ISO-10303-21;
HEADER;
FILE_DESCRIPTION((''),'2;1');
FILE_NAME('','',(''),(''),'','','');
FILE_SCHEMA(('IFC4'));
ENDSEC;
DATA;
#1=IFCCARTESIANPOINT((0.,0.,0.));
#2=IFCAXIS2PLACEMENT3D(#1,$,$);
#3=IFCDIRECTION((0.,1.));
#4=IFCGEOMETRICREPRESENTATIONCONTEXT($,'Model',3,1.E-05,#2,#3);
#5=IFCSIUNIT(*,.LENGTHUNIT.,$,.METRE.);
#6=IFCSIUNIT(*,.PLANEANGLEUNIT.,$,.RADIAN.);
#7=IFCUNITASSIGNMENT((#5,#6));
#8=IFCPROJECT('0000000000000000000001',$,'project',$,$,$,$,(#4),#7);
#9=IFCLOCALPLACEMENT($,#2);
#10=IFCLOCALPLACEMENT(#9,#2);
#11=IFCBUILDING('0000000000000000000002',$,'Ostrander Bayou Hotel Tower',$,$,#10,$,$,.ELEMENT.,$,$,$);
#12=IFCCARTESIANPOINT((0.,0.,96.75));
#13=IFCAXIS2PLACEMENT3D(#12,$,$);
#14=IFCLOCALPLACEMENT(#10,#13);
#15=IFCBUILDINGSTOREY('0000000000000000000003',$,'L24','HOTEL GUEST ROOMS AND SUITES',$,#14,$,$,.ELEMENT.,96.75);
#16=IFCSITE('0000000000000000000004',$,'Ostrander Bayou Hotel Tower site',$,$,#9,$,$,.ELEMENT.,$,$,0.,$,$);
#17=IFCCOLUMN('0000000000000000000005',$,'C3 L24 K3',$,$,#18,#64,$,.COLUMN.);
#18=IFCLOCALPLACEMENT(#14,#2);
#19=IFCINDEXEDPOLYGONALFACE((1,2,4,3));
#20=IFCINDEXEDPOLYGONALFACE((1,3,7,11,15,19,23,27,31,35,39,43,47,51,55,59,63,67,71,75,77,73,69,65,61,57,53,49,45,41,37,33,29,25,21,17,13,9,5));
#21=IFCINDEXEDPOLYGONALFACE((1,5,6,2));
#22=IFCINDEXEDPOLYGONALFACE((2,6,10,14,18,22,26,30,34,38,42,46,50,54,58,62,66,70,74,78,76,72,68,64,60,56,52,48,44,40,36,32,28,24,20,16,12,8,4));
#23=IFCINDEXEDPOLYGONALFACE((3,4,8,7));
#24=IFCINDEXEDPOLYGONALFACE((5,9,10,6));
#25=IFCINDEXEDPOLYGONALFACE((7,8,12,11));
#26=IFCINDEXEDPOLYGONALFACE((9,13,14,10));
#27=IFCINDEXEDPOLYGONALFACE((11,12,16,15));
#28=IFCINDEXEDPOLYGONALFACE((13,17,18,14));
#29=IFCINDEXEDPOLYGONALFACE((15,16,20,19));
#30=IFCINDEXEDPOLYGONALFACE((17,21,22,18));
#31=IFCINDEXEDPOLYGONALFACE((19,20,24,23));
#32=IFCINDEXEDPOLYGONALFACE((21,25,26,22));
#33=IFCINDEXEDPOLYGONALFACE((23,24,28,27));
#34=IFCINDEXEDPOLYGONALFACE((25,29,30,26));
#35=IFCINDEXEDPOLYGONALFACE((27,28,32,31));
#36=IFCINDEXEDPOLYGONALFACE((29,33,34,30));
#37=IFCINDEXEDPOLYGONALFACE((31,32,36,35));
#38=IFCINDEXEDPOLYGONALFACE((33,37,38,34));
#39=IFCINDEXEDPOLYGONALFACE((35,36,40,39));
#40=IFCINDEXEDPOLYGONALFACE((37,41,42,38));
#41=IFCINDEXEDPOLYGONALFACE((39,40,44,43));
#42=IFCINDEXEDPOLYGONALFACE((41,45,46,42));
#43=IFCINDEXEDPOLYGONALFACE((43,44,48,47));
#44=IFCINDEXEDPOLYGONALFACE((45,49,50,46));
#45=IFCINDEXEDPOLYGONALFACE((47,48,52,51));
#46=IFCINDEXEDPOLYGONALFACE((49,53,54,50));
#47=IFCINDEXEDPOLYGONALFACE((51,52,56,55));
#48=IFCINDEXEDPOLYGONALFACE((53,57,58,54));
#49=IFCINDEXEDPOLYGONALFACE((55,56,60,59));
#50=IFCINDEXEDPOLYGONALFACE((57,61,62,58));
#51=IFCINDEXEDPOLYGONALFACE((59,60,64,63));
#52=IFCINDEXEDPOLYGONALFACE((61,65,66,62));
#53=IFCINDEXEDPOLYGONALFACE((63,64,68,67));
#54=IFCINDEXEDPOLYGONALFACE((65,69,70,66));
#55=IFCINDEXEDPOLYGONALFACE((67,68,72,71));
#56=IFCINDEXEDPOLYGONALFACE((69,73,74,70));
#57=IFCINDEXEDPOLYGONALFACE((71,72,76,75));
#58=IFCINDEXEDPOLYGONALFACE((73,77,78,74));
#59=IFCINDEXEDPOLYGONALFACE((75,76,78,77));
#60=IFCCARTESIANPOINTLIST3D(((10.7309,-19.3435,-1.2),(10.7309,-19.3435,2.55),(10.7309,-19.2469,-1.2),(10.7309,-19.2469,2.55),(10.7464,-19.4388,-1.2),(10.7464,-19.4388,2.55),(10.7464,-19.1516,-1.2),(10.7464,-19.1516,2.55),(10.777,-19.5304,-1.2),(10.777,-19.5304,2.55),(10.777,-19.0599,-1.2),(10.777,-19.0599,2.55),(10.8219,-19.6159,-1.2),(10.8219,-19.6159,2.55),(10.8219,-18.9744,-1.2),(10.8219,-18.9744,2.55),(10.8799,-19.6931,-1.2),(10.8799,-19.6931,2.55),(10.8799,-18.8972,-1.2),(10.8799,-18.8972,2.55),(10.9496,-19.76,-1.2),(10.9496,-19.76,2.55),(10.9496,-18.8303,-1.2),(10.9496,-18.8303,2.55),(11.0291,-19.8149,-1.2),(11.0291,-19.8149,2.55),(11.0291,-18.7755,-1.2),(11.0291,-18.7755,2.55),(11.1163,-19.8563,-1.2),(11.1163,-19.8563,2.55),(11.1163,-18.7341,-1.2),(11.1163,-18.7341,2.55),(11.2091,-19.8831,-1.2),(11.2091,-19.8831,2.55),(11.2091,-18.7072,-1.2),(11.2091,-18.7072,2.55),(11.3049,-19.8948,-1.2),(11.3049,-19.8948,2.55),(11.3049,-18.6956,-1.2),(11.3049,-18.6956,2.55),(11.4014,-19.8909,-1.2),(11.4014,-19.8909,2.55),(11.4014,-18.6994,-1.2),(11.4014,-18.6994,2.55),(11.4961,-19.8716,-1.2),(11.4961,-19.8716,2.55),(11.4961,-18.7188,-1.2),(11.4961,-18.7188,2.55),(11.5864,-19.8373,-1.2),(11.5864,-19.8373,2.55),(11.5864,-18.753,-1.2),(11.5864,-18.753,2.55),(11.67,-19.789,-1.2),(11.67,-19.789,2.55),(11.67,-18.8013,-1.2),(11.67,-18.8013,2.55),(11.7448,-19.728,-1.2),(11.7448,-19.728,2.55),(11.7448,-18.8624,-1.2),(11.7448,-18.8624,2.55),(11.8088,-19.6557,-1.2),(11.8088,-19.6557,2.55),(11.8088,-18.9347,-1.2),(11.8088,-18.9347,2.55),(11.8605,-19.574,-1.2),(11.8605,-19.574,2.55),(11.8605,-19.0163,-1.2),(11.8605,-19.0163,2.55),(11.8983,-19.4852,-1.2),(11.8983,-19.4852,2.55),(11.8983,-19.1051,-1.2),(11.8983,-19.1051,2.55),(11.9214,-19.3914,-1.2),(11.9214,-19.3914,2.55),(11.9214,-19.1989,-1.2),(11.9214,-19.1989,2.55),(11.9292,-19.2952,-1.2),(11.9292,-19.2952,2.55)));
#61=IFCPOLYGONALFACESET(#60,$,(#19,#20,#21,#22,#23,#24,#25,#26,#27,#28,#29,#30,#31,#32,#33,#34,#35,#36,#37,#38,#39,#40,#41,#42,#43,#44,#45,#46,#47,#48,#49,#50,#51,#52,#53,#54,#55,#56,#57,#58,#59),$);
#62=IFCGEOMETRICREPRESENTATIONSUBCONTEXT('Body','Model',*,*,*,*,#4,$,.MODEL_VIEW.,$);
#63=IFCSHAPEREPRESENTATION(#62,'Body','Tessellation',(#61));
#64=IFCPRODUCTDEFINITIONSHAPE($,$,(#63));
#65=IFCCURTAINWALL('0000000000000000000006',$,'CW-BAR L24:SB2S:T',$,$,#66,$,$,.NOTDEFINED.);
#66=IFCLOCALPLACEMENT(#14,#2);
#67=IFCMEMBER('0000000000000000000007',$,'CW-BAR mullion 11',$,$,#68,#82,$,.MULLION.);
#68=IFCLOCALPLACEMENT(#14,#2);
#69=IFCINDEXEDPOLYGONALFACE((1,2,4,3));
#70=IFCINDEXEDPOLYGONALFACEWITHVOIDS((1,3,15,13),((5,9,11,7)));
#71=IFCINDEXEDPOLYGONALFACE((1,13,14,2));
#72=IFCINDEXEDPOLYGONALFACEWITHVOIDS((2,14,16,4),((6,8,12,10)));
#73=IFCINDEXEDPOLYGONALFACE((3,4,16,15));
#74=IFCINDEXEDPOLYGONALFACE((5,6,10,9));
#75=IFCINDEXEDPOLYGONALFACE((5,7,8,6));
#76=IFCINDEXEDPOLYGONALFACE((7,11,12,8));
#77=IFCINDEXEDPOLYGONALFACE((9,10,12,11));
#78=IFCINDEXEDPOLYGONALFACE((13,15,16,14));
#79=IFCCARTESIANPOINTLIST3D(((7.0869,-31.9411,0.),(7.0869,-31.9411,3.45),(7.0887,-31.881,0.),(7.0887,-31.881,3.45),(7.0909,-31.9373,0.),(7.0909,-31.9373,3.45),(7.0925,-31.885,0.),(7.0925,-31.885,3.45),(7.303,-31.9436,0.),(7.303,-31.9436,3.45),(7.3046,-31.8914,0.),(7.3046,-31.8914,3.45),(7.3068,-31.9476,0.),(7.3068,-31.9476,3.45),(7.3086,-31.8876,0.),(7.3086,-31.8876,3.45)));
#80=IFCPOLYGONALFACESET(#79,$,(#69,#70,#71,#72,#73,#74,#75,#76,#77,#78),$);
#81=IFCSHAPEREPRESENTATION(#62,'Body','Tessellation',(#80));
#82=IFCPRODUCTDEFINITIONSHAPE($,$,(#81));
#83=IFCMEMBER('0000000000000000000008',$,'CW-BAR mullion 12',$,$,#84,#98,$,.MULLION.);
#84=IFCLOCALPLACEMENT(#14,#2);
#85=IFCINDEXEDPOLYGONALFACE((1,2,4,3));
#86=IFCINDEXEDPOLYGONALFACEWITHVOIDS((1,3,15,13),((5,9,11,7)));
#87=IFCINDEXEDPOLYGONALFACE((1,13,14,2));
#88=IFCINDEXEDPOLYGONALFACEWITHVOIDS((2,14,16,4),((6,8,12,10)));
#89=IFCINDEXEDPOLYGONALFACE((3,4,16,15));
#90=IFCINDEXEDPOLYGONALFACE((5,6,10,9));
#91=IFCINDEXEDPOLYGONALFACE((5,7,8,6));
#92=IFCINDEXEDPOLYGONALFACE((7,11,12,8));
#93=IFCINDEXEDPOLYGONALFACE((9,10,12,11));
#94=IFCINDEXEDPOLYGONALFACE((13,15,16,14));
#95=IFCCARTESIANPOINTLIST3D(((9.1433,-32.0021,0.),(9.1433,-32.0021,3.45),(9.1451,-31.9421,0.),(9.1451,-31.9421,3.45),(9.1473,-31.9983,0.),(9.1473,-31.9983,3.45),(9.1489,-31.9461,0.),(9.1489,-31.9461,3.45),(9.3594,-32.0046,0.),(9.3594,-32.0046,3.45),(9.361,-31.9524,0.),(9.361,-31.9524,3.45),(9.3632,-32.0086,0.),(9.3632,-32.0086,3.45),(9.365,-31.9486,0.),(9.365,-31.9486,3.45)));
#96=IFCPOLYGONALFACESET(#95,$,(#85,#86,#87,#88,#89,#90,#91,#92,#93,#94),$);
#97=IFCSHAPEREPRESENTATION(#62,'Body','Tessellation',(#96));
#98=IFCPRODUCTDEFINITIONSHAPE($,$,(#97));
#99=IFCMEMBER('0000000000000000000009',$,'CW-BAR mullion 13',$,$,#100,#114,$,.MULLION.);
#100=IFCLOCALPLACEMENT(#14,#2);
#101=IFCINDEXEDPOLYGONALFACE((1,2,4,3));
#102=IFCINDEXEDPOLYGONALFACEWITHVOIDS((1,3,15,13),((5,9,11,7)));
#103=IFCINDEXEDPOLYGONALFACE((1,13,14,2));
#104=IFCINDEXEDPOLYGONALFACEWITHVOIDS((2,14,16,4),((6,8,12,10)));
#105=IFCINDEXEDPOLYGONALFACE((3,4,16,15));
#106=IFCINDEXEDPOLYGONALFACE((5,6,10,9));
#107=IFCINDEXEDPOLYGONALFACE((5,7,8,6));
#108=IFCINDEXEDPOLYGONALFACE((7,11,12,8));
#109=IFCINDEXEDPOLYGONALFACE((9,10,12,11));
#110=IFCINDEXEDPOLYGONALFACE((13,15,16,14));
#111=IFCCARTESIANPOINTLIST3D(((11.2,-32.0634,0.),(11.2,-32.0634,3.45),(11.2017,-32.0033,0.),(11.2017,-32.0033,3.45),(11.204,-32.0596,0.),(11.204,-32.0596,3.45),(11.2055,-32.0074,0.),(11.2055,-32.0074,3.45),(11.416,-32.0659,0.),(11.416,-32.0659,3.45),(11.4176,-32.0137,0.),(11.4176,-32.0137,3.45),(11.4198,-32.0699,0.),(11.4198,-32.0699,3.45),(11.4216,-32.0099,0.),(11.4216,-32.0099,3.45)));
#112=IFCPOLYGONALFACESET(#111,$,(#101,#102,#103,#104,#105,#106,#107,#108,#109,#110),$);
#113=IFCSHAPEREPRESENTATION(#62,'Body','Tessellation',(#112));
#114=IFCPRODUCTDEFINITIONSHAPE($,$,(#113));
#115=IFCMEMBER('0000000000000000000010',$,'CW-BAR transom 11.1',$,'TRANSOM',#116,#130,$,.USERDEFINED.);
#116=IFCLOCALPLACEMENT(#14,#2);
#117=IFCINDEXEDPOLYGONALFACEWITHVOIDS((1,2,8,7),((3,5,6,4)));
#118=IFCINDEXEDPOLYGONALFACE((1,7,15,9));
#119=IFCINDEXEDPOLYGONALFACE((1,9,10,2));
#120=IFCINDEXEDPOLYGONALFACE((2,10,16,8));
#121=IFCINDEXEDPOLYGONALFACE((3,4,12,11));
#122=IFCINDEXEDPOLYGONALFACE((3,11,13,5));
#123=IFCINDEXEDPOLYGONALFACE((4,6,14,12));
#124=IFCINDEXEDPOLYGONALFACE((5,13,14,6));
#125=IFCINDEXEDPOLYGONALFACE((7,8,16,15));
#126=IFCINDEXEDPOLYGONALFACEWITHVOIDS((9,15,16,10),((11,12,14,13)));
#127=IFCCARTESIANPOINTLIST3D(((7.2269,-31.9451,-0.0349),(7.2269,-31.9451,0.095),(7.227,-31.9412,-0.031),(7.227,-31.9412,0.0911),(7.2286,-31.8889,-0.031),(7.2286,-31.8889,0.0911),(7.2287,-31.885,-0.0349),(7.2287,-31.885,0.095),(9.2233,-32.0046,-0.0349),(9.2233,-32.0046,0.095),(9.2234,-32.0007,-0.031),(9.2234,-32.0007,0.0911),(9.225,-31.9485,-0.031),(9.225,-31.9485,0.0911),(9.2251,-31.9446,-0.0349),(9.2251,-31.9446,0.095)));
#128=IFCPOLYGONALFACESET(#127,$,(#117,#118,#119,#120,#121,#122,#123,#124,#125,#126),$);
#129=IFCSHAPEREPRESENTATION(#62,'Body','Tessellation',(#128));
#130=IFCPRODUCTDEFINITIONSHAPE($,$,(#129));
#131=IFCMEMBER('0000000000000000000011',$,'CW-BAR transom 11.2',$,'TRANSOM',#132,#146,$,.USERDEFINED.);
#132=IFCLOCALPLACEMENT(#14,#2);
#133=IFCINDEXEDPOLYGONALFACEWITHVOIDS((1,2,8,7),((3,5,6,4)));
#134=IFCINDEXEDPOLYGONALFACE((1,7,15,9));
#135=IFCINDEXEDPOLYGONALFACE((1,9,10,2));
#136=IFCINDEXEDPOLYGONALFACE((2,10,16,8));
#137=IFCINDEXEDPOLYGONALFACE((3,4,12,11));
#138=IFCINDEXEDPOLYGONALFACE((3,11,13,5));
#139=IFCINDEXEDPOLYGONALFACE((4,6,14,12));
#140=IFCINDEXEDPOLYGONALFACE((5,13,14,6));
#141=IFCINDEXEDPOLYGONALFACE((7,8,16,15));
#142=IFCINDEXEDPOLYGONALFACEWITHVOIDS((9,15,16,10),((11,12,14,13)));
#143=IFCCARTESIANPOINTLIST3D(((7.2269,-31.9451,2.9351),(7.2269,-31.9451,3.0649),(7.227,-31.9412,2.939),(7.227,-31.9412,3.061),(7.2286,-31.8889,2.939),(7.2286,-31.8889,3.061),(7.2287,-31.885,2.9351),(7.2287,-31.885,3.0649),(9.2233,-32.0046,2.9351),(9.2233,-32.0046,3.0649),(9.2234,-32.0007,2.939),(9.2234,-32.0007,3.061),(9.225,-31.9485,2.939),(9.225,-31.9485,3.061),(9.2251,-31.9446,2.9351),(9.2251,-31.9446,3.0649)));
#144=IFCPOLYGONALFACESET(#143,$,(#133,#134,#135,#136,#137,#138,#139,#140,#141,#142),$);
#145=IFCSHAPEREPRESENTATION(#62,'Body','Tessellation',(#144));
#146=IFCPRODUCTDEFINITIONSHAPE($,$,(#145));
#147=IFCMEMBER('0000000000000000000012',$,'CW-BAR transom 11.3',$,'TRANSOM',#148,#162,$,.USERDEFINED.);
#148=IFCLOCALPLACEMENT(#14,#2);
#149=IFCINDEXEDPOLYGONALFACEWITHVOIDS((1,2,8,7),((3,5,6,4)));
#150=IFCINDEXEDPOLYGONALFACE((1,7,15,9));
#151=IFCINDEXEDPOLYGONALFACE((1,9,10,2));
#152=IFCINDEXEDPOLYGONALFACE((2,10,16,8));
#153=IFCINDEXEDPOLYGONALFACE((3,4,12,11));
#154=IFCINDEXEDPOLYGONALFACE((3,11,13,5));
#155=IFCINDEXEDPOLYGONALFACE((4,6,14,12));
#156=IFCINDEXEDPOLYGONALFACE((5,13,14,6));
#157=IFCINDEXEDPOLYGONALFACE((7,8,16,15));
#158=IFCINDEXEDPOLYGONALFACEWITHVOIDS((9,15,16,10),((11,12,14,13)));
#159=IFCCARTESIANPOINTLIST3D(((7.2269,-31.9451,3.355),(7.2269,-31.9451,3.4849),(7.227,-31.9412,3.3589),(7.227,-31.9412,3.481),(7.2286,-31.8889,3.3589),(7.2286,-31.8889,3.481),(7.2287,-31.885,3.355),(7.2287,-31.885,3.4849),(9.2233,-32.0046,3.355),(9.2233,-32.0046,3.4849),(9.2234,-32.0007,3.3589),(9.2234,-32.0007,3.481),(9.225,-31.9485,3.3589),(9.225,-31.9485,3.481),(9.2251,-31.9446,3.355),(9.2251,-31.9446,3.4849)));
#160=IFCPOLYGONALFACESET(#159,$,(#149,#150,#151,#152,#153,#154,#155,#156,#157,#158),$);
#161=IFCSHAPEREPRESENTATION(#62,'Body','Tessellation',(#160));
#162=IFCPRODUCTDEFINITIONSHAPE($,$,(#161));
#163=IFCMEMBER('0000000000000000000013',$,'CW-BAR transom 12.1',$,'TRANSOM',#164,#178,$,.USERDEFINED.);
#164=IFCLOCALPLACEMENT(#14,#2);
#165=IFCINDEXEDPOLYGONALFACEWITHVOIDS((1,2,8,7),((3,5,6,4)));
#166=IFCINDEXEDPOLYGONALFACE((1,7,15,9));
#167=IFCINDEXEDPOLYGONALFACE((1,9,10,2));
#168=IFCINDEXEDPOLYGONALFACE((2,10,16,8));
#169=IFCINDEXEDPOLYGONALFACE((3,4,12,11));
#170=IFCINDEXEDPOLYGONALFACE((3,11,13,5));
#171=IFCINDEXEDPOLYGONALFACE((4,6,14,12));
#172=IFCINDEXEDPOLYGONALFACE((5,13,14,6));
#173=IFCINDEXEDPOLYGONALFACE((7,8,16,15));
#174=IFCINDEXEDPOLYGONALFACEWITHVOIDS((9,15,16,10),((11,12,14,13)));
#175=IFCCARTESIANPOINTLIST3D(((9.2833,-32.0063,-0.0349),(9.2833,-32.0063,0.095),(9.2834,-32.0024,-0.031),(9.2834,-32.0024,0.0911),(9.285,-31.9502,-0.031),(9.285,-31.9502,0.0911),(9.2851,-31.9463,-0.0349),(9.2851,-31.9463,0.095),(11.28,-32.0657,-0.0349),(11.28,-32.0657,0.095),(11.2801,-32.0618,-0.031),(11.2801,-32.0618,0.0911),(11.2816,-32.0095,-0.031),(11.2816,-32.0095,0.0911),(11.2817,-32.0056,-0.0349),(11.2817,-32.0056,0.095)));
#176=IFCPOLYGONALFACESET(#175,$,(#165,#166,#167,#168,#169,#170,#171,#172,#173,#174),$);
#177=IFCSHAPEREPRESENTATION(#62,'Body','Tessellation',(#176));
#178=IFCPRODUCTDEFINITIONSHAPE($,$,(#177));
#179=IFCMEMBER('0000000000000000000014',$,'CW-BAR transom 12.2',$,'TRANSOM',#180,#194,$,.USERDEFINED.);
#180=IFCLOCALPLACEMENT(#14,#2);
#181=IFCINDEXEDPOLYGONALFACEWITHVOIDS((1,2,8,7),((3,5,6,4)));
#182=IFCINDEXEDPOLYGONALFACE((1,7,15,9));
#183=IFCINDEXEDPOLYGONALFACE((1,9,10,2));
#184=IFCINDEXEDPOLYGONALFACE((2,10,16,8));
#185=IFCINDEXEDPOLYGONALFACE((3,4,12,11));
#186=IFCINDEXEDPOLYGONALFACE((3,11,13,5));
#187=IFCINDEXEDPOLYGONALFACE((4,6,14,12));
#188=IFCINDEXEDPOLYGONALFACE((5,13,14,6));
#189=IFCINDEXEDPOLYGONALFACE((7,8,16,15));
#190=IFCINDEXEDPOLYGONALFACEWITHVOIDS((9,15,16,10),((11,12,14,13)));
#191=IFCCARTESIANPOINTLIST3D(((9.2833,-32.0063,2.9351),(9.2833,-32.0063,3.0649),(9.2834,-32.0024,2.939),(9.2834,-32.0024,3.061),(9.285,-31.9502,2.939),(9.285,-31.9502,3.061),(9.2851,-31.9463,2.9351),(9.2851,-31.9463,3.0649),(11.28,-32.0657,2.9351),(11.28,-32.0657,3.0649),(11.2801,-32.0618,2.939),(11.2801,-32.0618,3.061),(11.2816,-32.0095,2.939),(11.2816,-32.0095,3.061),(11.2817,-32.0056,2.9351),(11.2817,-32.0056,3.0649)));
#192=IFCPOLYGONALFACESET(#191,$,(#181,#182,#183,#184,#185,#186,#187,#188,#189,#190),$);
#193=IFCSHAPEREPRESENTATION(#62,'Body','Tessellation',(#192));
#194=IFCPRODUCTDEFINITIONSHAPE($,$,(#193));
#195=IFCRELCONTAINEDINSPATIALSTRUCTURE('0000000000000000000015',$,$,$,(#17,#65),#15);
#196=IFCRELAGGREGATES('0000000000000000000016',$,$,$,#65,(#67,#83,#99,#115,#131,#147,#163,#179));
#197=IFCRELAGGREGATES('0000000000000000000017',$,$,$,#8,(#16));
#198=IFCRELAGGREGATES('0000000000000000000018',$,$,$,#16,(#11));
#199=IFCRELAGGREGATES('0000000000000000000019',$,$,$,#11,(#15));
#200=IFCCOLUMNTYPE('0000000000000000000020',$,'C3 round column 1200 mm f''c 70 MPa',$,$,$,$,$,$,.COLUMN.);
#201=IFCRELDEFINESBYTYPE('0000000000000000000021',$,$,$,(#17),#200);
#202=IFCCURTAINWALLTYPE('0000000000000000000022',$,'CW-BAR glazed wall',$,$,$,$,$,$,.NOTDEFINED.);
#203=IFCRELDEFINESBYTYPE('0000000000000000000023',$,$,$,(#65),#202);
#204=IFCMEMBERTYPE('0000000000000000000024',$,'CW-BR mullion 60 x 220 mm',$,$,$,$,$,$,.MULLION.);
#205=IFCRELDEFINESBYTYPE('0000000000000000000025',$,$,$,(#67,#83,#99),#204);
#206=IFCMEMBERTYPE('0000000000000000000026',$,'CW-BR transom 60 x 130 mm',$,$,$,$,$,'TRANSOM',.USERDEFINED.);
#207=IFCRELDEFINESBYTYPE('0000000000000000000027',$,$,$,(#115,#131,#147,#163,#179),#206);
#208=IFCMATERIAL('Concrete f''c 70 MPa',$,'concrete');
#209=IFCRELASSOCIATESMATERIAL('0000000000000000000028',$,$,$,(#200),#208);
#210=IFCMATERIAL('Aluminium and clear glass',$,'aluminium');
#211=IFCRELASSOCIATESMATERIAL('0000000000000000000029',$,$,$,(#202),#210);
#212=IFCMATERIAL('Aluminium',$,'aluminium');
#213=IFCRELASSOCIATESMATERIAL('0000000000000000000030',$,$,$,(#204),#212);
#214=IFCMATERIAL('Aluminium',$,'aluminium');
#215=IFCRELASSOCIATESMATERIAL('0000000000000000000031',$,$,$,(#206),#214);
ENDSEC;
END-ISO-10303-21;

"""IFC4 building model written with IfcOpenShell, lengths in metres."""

from ifc_helpers import new_model, si_unit, direction, frame, origin, origin_2d, place, context, subcontext, project, spatial, hollow_rectangle, circle, extrude, material, material_profile, profile_set, type_object, element, aggregate, save


model = new_model("IFC4")

# Units and contexts
model_context = context("Model", 3, precision=1e-05, world=origin(), true_north=direction((0.0, 1.0)))
body_context = subcontext(model_context, "Body", "Model", "MODEL_VIEW")
ifc_project = project(units=[si_unit("LENGTHUNIT", "METRE"), si_unit("PLANEANGLEUNIT", "RADIAN")], contexts=[model_context])

# Site, building, storey
site_placement = place(None, origin())
site = spatial("IfcSite", under=ifc_project, at=site_placement, Name="Ostrander Bayou Hotel Tower site", CompositionType="ELEMENT", RefElevation=0.0)
building_placement = place(site_placement, origin())
building = spatial("IfcBuilding", under=site, at=building_placement, Name="Ostrander Bayou Hotel Tower", CompositionType="ELEMENT")
storey_placement = place(building_placement, frame((0.0, 0.0, 96.75)))
storey = spatial("IfcBuildingStorey", under=building, at=storey_placement, Name="L24", Description="HOTEL GUEST ROOMS AND SUITES", CompositionType="ELEMENT", Elevation=96.75)

# Column
ifc_material_1 = material(Name="Concrete f'c 70 MPa", Category="concrete")
ifc_material_profile_1 = material_profile(ifc_material_1, circle(Radius=0.6001, at=origin_2d()))
ifc_profile_set_1 = profile_set([ifc_material_profile_1], Name="Concrete f'c 70 MPa")
column_type = type_object("IfcColumnType", Name="C3 round column 1200 mm f'c 70 MPa", PredefinedType="COLUMN", material=ifc_profile_set_1)
column_placement = place(storey_placement, frame((11.3291, -19.2952, -1.2), z_axis=(0.0, 0.0, 1.0), x_axis=(1.0, 0.0, 0.0)))
element("IfcColumn", 1, at=column_placement, inside=storey, type_object=column_type, Name="C3 L24 K3", PredefinedType="COLUMN", context=body_context, shape_type="SweptSolid", body=[
    extrude(circle(Radius=0.6001, at=origin_2d()), origin(), (0.0, 0.0, 1.0), 3.75),
])

# Curtain wall, members
ifc_material_2 = material(Name="Aluminium and clear glass", Category="aluminium")
curtain_wall_type = type_object("IfcCurtainWallType", Name="CW-BAR glazed wall", PredefinedType="NOTDEFINED", material=ifc_material_2)
curtain_wall_placement = place(storey_placement, origin())
curtain_wall = element("IfcCurtainWall", 2, at=curtain_wall_placement, inside=storey, type_object=curtain_wall_type, Name="CW-BAR L24:SB2S:T", PredefinedType="NOTDEFINED")
ifc_material_3 = material(Name="Aluminium", Category="aluminium")
ifc_material_profile_2 = material_profile(ifc_material_3, hollow_rectangle(XDim=0.0601, YDim=0.22, WallThickness=0.0039, at=origin_2d()))
ifc_profile_set_2 = profile_set([ifc_material_profile_2], Name="Aluminium")
member_type_1 = type_object("IfcMemberType", Name="CW-BR mullion 60 x 220 mm", PredefinedType="MULLION", material=ifc_profile_set_2)
member_1_placement = place(storey_placement, frame((7.1978, -31.9143, 0.0), z_axis=(0.0, 0.0, 1.0), x_axis=(0.029746, 0.999557, 0.0)))
member_1 = element("IfcMember", 3, at=member_1_placement, type_object=member_type_1, Name="CW-BAR mullion 11", PredefinedType="MULLION", context=body_context, shape_type="SweptSolid", body=[
    extrude(hollow_rectangle(XDim=0.0601, YDim=0.22, WallThickness=0.0039, at=origin_2d()), origin(), (0.0, 0.0, 1.0), 3.45),
])
member_2_placement = place(storey_placement, frame((9.2542, -31.9753, 0.0), z_axis=(0.0, 0.0, 1.0), x_axis=(0.029746, 0.999557, 0.0)))
member_2 = element("IfcMember", 4, at=member_2_placement, type_object=member_type_1, Name="CW-BAR mullion 12", PredefinedType="MULLION", context=body_context, shape_type="SweptSolid", body=[
    extrude(hollow_rectangle(XDim=0.0601, YDim=0.22, WallThickness=0.0039, at=origin_2d()), origin(), (0.0, 0.0, 1.0), 3.45),
])
member_3_placement = place(storey_placement, frame((11.3108, -32.0366, 0.0), z_axis=(0.0, 0.0, 1.0), x_axis=(0.029746, 0.999557, 0.0)))
member_3 = element("IfcMember", 5, at=member_3_placement, type_object=member_type_1, Name="CW-BAR mullion 13", PredefinedType="MULLION", context=body_context, shape_type="SweptSolid", body=[
    extrude(hollow_rectangle(XDim=0.0601, YDim=0.22, WallThickness=0.0039, at=origin_2d()), origin(), (0.0, 0.0, 1.0), 3.45),
])
ifc_material_4 = material(Name="Aluminium", Category="aluminium")
ifc_material_profile_3 = material_profile(ifc_material_4, hollow_rectangle(XDim=0.0601, YDim=0.1299, WallThickness=0.0039, at=origin_2d()))
ifc_profile_set_3 = profile_set([ifc_material_profile_3], Name="Aluminium")
member_type_2 = type_object("IfcMemberType", Name="CW-BR transom 60 x 130 mm", ElementType="TRANSOM", PredefinedType="USERDEFINED", material=ifc_profile_set_3)
member_4_placement = place(storey_placement, frame((7.2278, -31.915, 0.03), z_axis=(0.999555, -0.029827, 0.0), x_axis=(0.029827, 0.999555, 0.0)))
member_4 = element("IfcMember", 6, at=member_4_placement, type_object=member_type_2, Name="CW-BAR transom 11.1", ObjectType="TRANSOM", PredefinedType="USERDEFINED", context=body_context, shape_type="SweptSolid", body=[
    extrude(hollow_rectangle(XDim=0.0601, YDim=0.1299, WallThickness=0.0039, at=origin_2d()), origin(), (0.0, 0.0, 1.0), 1.9973),
])
member_5_placement = place(storey_placement, frame((7.2278, -31.915, 3.0), z_axis=(0.999555, -0.029827, 0.0), x_axis=(0.029827, 0.999555, 0.0)))
member_5 = element("IfcMember", 7, at=member_5_placement, type_object=member_type_2, Name="CW-BAR transom 11.2", ObjectType="TRANSOM", PredefinedType="USERDEFINED", context=body_context, shape_type="SweptSolid", body=[
    extrude(hollow_rectangle(XDim=0.0601, YDim=0.1299, WallThickness=0.0039, at=origin_2d()), origin(), (0.0, 0.0, 1.0), 1.9973),
])
member_6_placement = place(storey_placement, frame((7.2278, -31.915, 3.4199), z_axis=(0.999555, -0.029827, 0.0), x_axis=(0.029827, 0.999555, 0.0)))
member_6 = element("IfcMember", 8, at=member_6_placement, type_object=member_type_2, Name="CW-BAR transom 11.3", ObjectType="TRANSOM", PredefinedType="USERDEFINED", context=body_context, shape_type="SweptSolid", body=[
    extrude(hollow_rectangle(XDim=0.0601, YDim=0.1299, WallThickness=0.0039, at=origin_2d()), origin(), (0.0, 0.0, 1.0), 1.9973),
])
member_7_placement = place(storey_placement, frame((9.2842, -31.9763, 0.03), z_axis=(0.999559, -0.029701, 0.0), x_axis=(0.029701, 0.999559, 0.0)))
member_7 = element("IfcMember", 9, at=member_7_placement, type_object=member_type_2, Name="CW-BAR transom 12.1", ObjectType="TRANSOM", PredefinedType="USERDEFINED", context=body_context, shape_type="SweptSolid", body=[
    extrude(hollow_rectangle(XDim=0.0601, YDim=0.1299, WallThickness=0.0039, at=origin_2d()), origin(), (0.0, 0.0, 1.0), 1.9976),
])
member_8_placement = place(storey_placement, frame((9.2842, -31.9763, 3.0), z_axis=(0.999559, -0.029701, 0.0), x_axis=(0.029701, 0.999559, 0.0)))
member_8 = element("IfcMember", 10, at=member_8_placement, type_object=member_type_2, Name="CW-BAR transom 12.2", ObjectType="TRANSOM", PredefinedType="USERDEFINED", context=body_context, shape_type="SweptSolid", body=[
    extrude(hollow_rectangle(XDim=0.0601, YDim=0.1299, WallThickness=0.0039, at=origin_2d()), origin(), (0.0, 0.0, 1.0), 1.9976),
])
aggregate(curtain_wall, [member_1, member_2, member_3, member_4, member_5, member_6, member_7, member_8])

save(model, "model.ifc")
